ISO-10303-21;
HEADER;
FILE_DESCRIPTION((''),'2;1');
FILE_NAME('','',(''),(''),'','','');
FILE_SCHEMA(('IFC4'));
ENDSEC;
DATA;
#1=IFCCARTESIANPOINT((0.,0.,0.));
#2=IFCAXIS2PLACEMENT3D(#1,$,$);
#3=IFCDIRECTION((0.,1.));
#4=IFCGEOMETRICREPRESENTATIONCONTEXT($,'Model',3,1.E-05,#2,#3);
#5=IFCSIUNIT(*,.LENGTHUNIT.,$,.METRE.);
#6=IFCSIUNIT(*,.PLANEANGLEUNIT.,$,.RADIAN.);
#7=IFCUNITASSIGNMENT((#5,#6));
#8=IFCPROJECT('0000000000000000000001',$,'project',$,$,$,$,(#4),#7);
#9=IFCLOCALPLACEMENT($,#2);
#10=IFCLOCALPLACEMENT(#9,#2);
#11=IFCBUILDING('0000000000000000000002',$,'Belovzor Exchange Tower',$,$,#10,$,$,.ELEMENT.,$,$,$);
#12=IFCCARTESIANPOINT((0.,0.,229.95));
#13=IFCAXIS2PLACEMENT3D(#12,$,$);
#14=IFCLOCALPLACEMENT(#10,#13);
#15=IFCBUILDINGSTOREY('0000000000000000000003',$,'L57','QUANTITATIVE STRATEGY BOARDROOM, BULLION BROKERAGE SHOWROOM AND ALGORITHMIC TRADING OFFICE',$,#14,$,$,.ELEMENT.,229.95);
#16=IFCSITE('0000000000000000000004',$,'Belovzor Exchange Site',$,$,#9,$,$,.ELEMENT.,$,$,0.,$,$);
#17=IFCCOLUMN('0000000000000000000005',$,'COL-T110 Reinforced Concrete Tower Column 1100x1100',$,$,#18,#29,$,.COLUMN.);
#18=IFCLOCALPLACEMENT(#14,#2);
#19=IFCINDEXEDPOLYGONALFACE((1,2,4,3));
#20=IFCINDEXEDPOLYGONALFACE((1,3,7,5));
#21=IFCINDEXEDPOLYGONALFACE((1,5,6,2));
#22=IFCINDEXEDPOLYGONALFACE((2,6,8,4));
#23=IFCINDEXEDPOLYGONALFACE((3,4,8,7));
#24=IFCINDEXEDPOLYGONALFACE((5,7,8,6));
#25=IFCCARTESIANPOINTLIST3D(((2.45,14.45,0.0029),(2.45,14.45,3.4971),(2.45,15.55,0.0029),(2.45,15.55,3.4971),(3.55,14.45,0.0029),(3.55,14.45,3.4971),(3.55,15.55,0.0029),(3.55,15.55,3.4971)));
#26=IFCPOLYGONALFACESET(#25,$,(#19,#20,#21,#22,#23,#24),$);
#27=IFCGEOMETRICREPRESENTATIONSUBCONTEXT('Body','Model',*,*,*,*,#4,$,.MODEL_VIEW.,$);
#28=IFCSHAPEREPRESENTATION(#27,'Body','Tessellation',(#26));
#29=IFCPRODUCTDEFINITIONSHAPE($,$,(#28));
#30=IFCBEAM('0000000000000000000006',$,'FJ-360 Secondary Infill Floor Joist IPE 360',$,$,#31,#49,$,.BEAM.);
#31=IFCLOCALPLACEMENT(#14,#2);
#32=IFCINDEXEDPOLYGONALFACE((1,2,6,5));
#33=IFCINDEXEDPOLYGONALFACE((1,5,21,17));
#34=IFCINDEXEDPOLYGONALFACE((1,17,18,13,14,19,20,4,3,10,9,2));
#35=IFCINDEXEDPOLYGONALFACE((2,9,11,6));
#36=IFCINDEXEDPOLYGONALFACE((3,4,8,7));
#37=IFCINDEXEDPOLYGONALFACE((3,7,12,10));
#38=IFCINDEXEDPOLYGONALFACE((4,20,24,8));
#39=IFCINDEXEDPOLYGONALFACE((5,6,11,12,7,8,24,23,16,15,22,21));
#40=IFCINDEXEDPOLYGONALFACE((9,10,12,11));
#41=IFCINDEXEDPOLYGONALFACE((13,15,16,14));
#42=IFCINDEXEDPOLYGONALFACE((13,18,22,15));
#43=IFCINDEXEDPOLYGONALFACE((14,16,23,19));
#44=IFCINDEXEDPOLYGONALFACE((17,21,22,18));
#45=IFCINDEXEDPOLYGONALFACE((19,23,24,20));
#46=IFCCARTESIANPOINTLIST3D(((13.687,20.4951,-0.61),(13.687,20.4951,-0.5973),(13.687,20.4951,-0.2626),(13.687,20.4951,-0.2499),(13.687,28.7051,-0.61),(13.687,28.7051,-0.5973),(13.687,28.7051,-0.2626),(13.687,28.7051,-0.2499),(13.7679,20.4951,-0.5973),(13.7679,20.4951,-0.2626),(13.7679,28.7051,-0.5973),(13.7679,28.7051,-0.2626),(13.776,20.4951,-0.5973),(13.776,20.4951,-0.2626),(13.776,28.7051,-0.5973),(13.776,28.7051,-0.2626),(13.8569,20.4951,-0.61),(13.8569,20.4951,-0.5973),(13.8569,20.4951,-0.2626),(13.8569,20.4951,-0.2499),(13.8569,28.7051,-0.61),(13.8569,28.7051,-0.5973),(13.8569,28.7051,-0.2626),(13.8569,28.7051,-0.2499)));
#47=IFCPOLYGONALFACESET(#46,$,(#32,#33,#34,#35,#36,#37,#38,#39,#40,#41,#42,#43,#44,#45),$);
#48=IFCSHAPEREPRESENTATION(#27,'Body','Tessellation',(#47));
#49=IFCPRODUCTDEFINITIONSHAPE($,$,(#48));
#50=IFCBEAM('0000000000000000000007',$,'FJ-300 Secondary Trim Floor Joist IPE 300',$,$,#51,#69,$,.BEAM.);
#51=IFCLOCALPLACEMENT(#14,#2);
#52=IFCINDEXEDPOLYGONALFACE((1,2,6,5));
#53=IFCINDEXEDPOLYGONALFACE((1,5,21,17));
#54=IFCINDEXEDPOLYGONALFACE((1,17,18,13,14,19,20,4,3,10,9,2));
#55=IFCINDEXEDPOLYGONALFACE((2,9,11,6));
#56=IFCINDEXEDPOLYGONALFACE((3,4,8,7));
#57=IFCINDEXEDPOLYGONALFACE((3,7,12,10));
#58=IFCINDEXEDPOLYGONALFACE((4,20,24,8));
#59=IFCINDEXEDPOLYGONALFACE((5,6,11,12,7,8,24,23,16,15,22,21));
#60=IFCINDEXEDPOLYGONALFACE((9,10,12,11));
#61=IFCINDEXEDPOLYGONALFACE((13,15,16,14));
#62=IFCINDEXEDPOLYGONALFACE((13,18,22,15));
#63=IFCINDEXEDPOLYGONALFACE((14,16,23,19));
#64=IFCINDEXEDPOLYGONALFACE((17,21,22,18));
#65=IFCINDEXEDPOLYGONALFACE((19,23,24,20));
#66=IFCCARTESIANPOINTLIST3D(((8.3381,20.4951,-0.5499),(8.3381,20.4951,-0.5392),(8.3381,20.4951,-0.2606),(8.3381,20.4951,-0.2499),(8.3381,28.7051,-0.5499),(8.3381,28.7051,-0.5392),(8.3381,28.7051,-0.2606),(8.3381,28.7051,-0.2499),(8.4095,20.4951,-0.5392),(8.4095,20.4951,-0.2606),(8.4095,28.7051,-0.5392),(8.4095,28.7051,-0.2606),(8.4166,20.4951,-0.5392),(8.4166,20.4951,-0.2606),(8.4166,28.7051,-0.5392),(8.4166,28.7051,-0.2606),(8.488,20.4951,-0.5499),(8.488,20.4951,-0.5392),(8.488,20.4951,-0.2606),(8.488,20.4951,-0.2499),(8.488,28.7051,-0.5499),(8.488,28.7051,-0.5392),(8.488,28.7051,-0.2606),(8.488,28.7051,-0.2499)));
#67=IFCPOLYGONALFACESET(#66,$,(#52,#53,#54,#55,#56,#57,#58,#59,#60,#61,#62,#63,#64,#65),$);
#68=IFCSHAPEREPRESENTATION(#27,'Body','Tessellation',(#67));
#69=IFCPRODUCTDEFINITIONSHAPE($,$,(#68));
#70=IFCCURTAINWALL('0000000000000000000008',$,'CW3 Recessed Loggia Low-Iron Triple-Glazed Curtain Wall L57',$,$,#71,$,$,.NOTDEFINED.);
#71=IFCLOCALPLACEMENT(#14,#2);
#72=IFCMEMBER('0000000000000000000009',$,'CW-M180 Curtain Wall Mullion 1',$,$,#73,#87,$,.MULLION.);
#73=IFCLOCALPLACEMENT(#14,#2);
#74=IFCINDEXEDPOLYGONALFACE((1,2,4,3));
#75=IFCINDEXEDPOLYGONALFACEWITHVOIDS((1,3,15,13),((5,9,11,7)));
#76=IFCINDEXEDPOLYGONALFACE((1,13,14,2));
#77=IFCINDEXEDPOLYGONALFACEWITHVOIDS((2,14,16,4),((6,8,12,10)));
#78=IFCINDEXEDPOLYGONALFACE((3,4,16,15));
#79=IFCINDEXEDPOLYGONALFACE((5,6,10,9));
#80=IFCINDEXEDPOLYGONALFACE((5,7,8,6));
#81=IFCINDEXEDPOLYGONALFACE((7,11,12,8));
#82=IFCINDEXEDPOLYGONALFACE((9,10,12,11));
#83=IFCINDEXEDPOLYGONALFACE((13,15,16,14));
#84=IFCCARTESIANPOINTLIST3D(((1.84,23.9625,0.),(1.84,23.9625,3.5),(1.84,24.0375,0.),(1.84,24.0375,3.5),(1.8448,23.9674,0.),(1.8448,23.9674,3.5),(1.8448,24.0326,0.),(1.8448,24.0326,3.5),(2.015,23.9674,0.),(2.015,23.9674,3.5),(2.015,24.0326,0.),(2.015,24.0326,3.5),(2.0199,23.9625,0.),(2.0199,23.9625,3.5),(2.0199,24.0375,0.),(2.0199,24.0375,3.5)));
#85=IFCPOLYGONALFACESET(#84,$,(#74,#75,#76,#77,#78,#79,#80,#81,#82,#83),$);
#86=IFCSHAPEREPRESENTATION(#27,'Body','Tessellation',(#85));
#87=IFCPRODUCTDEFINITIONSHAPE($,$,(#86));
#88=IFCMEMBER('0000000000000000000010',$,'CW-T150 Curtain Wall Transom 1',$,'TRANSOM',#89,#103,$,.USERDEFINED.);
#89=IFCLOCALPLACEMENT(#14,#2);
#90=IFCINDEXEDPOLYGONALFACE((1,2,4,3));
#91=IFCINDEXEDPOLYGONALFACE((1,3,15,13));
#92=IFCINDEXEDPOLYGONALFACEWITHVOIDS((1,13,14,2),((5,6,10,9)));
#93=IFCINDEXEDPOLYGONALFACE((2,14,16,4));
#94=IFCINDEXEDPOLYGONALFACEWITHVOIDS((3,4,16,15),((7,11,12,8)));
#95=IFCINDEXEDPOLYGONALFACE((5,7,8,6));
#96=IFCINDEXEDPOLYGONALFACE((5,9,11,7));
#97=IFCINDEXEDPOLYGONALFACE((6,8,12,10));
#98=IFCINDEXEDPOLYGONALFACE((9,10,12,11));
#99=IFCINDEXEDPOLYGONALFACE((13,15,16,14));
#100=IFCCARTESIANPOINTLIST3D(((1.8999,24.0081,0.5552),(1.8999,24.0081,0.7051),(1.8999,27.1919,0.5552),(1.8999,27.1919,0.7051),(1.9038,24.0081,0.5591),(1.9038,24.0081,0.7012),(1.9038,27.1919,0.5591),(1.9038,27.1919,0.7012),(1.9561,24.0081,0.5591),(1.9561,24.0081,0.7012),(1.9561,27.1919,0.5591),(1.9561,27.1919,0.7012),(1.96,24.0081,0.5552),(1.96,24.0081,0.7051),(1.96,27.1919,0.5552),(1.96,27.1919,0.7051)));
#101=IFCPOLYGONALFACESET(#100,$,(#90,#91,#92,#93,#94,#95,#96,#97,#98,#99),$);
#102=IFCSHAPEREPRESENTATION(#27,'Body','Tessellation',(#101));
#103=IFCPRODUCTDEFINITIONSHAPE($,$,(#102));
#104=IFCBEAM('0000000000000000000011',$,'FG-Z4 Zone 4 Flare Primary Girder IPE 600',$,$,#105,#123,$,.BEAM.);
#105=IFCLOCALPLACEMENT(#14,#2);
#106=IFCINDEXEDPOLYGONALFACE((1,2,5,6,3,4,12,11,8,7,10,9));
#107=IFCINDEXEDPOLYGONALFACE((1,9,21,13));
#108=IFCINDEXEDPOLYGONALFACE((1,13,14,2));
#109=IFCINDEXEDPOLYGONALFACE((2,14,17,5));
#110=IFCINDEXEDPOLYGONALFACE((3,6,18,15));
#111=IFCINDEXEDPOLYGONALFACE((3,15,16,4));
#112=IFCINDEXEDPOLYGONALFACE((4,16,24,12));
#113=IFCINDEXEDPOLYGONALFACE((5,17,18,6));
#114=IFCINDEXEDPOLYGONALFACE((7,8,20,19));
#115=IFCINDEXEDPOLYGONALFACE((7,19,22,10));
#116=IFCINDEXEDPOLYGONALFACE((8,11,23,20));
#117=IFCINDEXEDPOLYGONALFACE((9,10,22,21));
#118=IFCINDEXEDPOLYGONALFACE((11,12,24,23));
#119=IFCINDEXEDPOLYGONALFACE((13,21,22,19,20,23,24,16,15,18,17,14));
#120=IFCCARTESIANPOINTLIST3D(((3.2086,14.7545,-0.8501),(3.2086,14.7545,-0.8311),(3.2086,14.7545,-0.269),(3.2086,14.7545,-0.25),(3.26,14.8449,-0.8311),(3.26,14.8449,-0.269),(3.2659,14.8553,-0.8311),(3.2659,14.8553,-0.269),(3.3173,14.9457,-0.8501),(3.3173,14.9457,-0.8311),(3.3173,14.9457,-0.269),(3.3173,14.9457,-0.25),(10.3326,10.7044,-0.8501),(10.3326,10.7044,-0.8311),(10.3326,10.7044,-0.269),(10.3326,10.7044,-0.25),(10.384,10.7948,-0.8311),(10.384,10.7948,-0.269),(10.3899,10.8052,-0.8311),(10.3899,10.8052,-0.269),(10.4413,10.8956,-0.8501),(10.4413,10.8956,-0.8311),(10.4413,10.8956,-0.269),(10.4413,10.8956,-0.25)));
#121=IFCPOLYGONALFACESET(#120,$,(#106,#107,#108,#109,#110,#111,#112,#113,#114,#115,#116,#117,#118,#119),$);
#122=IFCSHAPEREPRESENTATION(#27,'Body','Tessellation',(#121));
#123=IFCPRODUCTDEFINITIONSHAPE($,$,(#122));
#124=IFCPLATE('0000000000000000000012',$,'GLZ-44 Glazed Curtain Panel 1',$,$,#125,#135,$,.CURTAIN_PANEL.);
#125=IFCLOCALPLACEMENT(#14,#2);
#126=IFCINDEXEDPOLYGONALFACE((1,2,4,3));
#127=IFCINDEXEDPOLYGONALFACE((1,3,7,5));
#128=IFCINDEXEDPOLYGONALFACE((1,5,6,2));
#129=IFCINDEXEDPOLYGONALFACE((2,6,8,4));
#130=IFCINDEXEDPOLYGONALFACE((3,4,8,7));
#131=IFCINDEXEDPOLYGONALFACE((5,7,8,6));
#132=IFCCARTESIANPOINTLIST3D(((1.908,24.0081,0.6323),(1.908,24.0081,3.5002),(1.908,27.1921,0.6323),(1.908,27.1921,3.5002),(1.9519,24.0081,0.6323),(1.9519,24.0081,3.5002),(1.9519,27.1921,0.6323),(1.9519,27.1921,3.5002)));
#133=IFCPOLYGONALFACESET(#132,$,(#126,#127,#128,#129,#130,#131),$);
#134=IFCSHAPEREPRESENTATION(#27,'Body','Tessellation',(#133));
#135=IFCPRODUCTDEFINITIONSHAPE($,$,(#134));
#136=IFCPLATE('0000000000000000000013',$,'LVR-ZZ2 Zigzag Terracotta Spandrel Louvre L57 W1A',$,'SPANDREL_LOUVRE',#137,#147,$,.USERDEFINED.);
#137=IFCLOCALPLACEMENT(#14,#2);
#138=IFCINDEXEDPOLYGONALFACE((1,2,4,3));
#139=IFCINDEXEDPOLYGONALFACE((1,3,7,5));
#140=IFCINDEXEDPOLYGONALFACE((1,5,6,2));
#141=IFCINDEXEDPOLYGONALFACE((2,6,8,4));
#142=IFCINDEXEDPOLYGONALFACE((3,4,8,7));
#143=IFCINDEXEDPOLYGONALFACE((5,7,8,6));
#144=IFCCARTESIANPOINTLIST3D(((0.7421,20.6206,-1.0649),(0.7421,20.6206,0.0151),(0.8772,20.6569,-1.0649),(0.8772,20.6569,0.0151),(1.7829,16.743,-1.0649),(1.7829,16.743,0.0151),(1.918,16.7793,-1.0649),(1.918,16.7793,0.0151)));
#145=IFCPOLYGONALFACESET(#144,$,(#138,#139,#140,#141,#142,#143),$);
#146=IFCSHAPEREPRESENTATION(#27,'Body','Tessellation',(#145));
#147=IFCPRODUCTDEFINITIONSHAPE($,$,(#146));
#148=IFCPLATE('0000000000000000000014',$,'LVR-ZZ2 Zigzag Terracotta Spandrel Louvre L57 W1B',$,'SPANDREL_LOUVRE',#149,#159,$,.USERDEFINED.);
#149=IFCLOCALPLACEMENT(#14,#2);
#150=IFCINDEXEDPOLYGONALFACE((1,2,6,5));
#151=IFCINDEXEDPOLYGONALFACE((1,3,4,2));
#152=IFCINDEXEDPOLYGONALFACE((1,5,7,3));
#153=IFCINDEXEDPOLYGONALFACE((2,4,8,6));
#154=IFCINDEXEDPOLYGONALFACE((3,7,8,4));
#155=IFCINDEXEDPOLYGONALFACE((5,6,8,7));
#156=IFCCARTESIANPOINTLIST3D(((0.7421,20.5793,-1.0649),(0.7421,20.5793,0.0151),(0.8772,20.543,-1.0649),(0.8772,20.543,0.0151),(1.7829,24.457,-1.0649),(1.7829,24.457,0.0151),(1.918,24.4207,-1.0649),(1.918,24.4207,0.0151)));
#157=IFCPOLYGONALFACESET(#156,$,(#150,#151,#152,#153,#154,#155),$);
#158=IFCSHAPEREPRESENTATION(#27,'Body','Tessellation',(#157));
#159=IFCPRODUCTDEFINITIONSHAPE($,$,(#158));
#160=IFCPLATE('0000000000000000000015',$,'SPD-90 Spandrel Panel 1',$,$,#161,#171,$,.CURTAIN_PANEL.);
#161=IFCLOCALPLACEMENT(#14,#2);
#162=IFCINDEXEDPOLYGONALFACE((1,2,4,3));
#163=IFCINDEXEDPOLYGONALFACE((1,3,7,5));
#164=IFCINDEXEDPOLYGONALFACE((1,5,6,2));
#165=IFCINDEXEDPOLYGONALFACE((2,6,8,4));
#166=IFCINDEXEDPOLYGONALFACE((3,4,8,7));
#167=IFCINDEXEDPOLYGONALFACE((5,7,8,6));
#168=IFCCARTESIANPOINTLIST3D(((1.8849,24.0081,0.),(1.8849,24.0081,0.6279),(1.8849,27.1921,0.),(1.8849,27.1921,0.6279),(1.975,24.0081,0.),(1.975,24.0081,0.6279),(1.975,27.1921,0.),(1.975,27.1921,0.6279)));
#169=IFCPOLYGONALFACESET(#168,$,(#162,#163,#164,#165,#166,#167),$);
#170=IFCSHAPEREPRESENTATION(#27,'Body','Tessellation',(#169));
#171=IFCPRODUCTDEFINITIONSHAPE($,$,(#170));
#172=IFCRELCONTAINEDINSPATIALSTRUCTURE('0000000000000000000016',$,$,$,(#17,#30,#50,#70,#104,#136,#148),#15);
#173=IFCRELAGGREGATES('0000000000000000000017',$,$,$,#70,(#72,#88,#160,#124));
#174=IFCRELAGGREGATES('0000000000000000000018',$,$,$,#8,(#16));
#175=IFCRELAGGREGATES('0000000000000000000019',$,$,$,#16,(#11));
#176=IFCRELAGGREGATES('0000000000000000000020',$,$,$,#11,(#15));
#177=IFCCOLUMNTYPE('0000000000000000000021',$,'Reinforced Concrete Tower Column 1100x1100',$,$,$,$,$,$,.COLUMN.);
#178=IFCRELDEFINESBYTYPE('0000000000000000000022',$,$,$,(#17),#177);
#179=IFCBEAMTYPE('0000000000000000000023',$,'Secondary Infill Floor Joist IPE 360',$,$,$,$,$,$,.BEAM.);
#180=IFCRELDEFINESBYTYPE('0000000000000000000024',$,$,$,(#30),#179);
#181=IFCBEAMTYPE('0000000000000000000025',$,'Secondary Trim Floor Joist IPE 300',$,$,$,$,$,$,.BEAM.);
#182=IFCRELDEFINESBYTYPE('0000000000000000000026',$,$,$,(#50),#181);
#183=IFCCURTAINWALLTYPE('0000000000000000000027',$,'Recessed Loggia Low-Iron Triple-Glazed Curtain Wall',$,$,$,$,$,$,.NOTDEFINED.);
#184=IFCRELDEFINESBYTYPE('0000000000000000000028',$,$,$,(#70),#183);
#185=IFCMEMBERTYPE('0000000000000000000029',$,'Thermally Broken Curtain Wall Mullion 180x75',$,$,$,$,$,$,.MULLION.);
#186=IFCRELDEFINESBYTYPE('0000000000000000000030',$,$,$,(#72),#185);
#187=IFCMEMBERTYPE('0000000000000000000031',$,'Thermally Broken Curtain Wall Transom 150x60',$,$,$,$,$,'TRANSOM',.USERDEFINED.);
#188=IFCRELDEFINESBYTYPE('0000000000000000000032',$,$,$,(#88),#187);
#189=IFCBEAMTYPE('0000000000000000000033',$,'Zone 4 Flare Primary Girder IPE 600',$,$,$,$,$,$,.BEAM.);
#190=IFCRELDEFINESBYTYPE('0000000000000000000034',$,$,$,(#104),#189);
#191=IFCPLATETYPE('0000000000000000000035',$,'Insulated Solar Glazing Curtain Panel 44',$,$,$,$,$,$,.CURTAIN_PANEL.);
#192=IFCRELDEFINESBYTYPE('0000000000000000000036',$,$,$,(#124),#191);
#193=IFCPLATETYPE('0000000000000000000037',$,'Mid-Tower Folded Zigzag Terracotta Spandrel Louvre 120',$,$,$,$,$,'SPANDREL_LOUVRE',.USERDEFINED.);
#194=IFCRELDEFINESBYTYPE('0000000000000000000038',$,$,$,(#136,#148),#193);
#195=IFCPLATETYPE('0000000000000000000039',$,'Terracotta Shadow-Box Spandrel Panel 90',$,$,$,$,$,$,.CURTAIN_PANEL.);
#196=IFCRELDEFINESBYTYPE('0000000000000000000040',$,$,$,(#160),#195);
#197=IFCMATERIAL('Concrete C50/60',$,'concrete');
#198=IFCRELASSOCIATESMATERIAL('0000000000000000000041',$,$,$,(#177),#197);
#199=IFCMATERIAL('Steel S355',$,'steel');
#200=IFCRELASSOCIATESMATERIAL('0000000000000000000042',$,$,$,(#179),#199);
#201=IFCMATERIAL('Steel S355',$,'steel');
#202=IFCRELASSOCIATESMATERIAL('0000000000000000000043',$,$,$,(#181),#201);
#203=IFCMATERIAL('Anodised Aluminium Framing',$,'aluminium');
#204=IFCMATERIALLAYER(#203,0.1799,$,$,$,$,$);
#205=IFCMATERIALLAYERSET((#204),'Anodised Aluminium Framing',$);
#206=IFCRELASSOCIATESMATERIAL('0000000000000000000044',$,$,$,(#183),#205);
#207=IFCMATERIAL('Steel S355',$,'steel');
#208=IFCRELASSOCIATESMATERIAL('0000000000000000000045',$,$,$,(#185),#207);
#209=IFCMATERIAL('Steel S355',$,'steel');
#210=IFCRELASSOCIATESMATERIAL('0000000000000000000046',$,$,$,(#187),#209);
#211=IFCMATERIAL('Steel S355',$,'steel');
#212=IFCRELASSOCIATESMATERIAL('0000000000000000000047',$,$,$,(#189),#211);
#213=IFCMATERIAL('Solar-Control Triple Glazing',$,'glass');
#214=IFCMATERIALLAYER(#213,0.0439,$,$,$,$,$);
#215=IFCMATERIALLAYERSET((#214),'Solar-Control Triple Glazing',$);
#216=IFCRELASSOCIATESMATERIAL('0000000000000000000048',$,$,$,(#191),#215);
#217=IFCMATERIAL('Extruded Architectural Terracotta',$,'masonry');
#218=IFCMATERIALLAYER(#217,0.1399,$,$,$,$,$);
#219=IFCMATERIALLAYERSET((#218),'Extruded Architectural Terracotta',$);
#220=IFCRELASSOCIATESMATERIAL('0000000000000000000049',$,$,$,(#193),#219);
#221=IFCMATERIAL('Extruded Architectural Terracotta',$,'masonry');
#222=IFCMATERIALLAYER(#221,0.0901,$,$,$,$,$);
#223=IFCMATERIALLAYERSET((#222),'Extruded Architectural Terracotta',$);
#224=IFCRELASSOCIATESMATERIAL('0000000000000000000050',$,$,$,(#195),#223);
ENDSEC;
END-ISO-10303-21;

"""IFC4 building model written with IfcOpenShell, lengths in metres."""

from ifc_helpers import new_model, si_unit, direction, frame, origin, origin_2d, place, context, subcontext, project, spatial, rectangle, hollow_rectangle, i_section, extrude, material, layer, layer_set, material_profile, profile_set, type_object, element, aggregate, save


model = new_model("IFC4")

# Units and contexts
model_context = context("Model", 3, precision=1e-05, world=origin(), true_north=direction((0.0, 1.0)))
body_context = subcontext(model_context, "Body", "Model", "MODEL_VIEW")
ifc_project = project(units=[si_unit("LENGTHUNIT", "METRE"), si_unit("PLANEANGLEUNIT", "RADIAN")], contexts=[model_context])

# Site, building, storey
site_placement = place(None, origin())
site = spatial("IfcSite", under=ifc_project, at=site_placement, Name="Belovzor Exchange Site", CompositionType="ELEMENT", RefElevation=0.0)
building_placement = place(site_placement, origin())
building = spatial("IfcBuilding", under=site, at=building_placement, Name="Belovzor Exchange Tower", CompositionType="ELEMENT")
storey_placement = place(building_placement, frame((0.0, 0.0, 229.95)))
storey = spatial("IfcBuildingStorey", under=building, at=storey_placement, Name="L57", Description="QUANTITATIVE STRATEGY BOARDROOM, BULLION BROKERAGE SHOWROOM AND ALGORITHMIC TRADING OFFICE", CompositionType="ELEMENT", Elevation=229.95)

# Column
ifc_material_1 = material(Name="Concrete C50/60", Category="concrete")
ifc_material_profile_1 = material_profile(ifc_material_1, rectangle(XDim=1.1001, YDim=1.1001, at=origin_2d()))
ifc_profile_set_1 = profile_set([ifc_material_profile_1], Name="Concrete C50/60")
column_type = type_object("IfcColumnType", Name="Reinforced Concrete Tower Column 1100x1100", PredefinedType="COLUMN", material=ifc_profile_set_1)
column_placement = place(storey_placement, frame((3.0, 15.0, 0.0029), z_axis=(0.0, 0.0, 1.0), x_axis=(1.0, 0.0, 0.0)))
element("IfcColumn", 1, at=column_placement, inside=storey, type_object=column_type, Name="COL-T110 Reinforced Concrete Tower Column 1100x1100", PredefinedType="COLUMN", context=body_context, shape_type="SweptSolid", body=[
    extrude(rectangle(XDim=1.1001, YDim=1.1001, at=origin_2d()), origin(), (0.0, 0.0, 1.0), 3.4941),
])

# Beams
ifc_material_2 = material(Name="Steel S355", Category="steel")
ifc_material_profile_2 = material_profile(ifc_material_2, i_section(OverallWidth=0.1699, OverallDepth=0.3601, WebThickness=0.0081, FlangeThickness=0.0127, at=origin_2d()))
ifc_profile_set_2 = profile_set([ifc_material_profile_2], Name="Steel S355")
beam_type_1 = type_object("IfcBeamType", Name="Secondary Infill Floor Joist IPE 360", PredefinedType="BEAM", material=ifc_profile_set_2)
beam_1_placement = place(storey_placement, frame((13.772, 20.4951, -0.4299), z_axis=(0.0, 1.0, 0.0), x_axis=(-1.0, 0.0, 0.0)))
element("IfcBeam", 2, at=beam_1_placement, inside=storey, type_object=beam_type_1, Name="FJ-360 Secondary Infill Floor Joist IPE 360", PredefinedType="BEAM", context=body_context, shape_type="SweptSolid", body=[
    extrude(i_section(OverallWidth=0.1699, OverallDepth=0.3601, WebThickness=0.0081, FlangeThickness=0.0127, at=origin_2d()), origin(), (0.0, 0.0, 1.0), 8.21),
])
ifc_material_3 = material(Name="Steel S355", Category="steel")
ifc_material_profile_3 = material_profile(ifc_material_3, i_section(OverallWidth=0.1499, OverallDepth=0.3, WebThickness=0.0071, FlangeThickness=0.0107, at=origin_2d()))
ifc_profile_set_3 = profile_set([ifc_material_profile_3], Name="Steel S355")
beam_type_2 = type_object("IfcBeamType", Name="Secondary Trim Floor Joist IPE 300", PredefinedType="BEAM", material=ifc_profile_set_3)
beam_2_placement = place(storey_placement, frame((8.4131, 20.4951, -0.3999), z_axis=(0.0, 1.0, 0.0), x_axis=(-1.0, 0.0, 0.0)))
element("IfcBeam", 3, at=beam_2_placement, inside=storey, type_object=beam_type_2, Name="FJ-300 Secondary Trim Floor Joist IPE 300", PredefinedType="BEAM", context=body_context, shape_type="SweptSolid", body=[
    extrude(i_section(OverallWidth=0.1499, OverallDepth=0.3, WebThickness=0.0071, FlangeThickness=0.0107, at=origin_2d()), origin(), (0.0, 0.0, 1.0), 8.21),
])

# Curtain wall, members
ifc_material_4 = material(Name="Anodised Aluminium Framing", Category="aluminium")
ifc_layer_1 = layer(ifc_material_4, 0.1799)
ifc_layer_set_1 = layer_set([ifc_layer_1], Name="Anodised Aluminium Framing")
curtain_wall_type = type_object("IfcCurtainWallType", Name="Recessed Loggia Low-Iron Triple-Glazed Curtain Wall", PredefinedType="NOTDEFINED", material=ifc_layer_set_1)
curtain_wall_placement = place(storey_placement, origin())
curtain_wall = element("IfcCurtainWall", 4, at=curtain_wall_placement, inside=storey, type_object=curtain_wall_type, Name="CW3 Recessed Loggia Low-Iron Triple-Glazed Curtain Wall L57", PredefinedType="NOTDEFINED")
ifc_material_5 = material(Name="Steel S355", Category="steel")
ifc_material_profile_4 = material_profile(ifc_material_5, hollow_rectangle(XDim=0.075, YDim=0.1799, WallThickness=0.0049, at=origin_2d()))
ifc_profile_set_4 = profile_set([ifc_material_profile_4], Name="Steel S355")
member_type_1 = type_object("IfcMemberType", Name="Thermally Broken Curtain Wall Mullion 180x75", PredefinedType="MULLION", material=ifc_profile_set_4)
member_1_placement = place(storey_placement, frame((1.9299, 24.0, 0.0), z_axis=(0.0, 0.0, 1.0), x_axis=(0.0, 1.0, 0.0)))
member_1 = element("IfcMember", 5, at=member_1_placement, type_object=member_type_1, Name="CW-M180 Curtain Wall Mullion 1", PredefinedType="MULLION", context=body_context, shape_type="SweptSolid", body=[
    extrude(hollow_rectangle(XDim=0.075, YDim=0.1799, WallThickness=0.0049, at=origin_2d()), origin(), (0.0, 0.0, 1.0), 3.5),
])
ifc_material_6 = material(Name="Steel S355", Category="steel")
ifc_material_profile_5 = material_profile(ifc_material_6, hollow_rectangle(XDim=0.0601, YDim=0.1499, WallThickness=0.0039, at=origin_2d()))
ifc_profile_set_5 = profile_set([ifc_material_profile_5], Name="Steel S355")
member_type_2 = type_object("IfcMemberType", Name="Thermally Broken Curtain Wall Transom 150x60", ElementType="TRANSOM", PredefinedType="USERDEFINED", material=ifc_profile_set_5)
member_2_placement = place(storey_placement, frame((1.9299, 24.0081, 0.6301), z_axis=(0.0, 1.0, 0.0), x_axis=(-1.0, 0.0, 0.0)))
member_2 = element("IfcMember", 6, at=member_2_placement, type_object=member_type_2, Name="CW-T150 Curtain Wall Transom 1", ObjectType="TRANSOM", PredefinedType="USERDEFINED", context=body_context, shape_type="SweptSolid", body=[
    extrude(hollow_rectangle(XDim=0.0601, YDim=0.1499, WallThickness=0.0039, at=origin_2d()), origin(), (0.0, 0.0, 1.0), 3.1838),
])

# Beam
ifc_material_7 = material(Name="Steel S355", Category="steel")
ifc_material_profile_6 = material_profile(ifc_material_7, i_section(OverallWidth=0.22, OverallDepth=0.6001, WebThickness=0.012, FlangeThickness=0.019, at=origin_2d()))
ifc_profile_set_6 = profile_set([ifc_material_profile_6], Name="Steel S355")
beam_type_3 = type_object("IfcBeamType", Name="Zone 4 Flare Primary Girder IPE 600", PredefinedType="BEAM", material=ifc_profile_set_6)
beam_3_placement = place(storey_placement, frame((3.2629, 14.8501, -0.55), z_axis=(0.869336, -0.494222, 0.0), x_axis=(0.494222, 0.869336, 0.0)))
element("IfcBeam", 7, at=beam_3_placement, inside=storey, type_object=beam_type_3, Name="FG-Z4 Zone 4 Flare Primary Girder IPE 600", PredefinedType="BEAM", context=body_context, shape_type="SweptSolid", body=[
    extrude(i_section(OverallWidth=0.22, OverallDepth=0.6001, WebThickness=0.012, FlangeThickness=0.019, at=origin_2d()), origin(), (0.0, 0.0, 1.0), 8.1948),
])

# Plate
ifc_material_8 = material(Name="Solar-Control Triple Glazing", Category="glass")
ifc_layer_2 = layer(ifc_material_8, 0.0439)
ifc_layer_set_2 = layer_set([ifc_layer_2], Name="Solar-Control Triple Glazing")
plate_type_1 = type_object("IfcPlateType", Name="Insulated Solar Glazing Curtain Panel 44", PredefinedType="CURTAIN_PANEL", material=ifc_layer_set_2)
plate_1_placement = place(storey_placement, frame((1.9299, 25.6001, 0.6323), z_axis=(0.0, 0.0, 1.0), x_axis=(0.0, 1.0, 0.0)))
plate_1 = element("IfcPlate", 8, at=plate_1_placement, type_object=plate_type_1, Name="GLZ-44 Glazed Curtain Panel 1", PredefinedType="CURTAIN_PANEL", context=body_context, shape_type="SweptSolid", body=[
    extrude(rectangle(XDim=3.1841, YDim=0.0439, at=origin_2d()), origin(), (0.0, 0.0, 1.0), 2.8679),
])

# Plates
ifc_material_9 = material(Name="Extruded Architectural Terracotta", Category="masonry")
ifc_layer_3 = layer(ifc_material_9, 0.1399)
ifc_layer_set_3 = layer_set([ifc_layer_3], Name="Extruded Architectural Terracotta")
plate_type_2 = type_object("IfcPlateType", Name="Mid-Tower Folded Zigzag Terracotta Spandrel Louvre 120", ElementType="SPANDREL_LOUVRE", PredefinedType="USERDEFINED", material=ifc_layer_set_3)
for number, where, z_axis, x_axis, name in (
    (9, (1.3301, 18.7, -1.0649), (0.0, 0.0, 1.0), (-0.25924, 0.965813, 0.0), "LVR-ZZ2 Zigzag Terracotta Spandrel Louvre L57 W1A"),
    (10, (1.3301, 22.5, -1.0649), (0.0, 0.0, 1.0), (0.25924, 0.965813, 0.0), "LVR-ZZ2 Zigzag Terracotta Spandrel Louvre L57 W1B"),
):
    element("IfcPlate", number, at=place(storey_placement, frame(where, z_axis=z_axis, x_axis=x_axis)), inside=storey, type_object=plate_type_2, Name=name, ObjectType="SPANDREL_LOUVRE", PredefinedType="USERDEFINED", context=body_context, shape_type="SweptSolid", body=[
        extrude(rectangle(XDim=4.0149, YDim=0.1399, at=origin_2d()), origin(), (0.0, 0.0, 1.0), 1.0801),
    ])

# Plate
ifc_material_10 = material(Name="Extruded Architectural Terracotta", Category="masonry")
ifc_layer_4 = layer(ifc_material_10, 0.0901)
ifc_layer_set_4 = layer_set([ifc_layer_4], Name="Extruded Architectural Terracotta")
plate_type_3 = type_object("IfcPlateType", Name="Terracotta Shadow-Box Spandrel Panel 90", PredefinedType="CURTAIN_PANEL", material=ifc_layer_set_4)
plate_2_placement = place(storey_placement, frame((1.9299, 25.6001, 0.0), z_axis=(0.0, 0.0, 1.0), x_axis=(0.0, 1.0, 0.0)))
plate_2 = element("IfcPlate", 11, at=plate_2_placement, type_object=plate_type_3, Name="SPD-90 Spandrel Panel 1", PredefinedType="CURTAIN_PANEL", context=body_context, shape_type="SweptSolid", body=[
    extrude(rectangle(XDim=3.1841, YDim=0.0901, at=origin_2d()), origin(), (0.0, 0.0, 1.0), 0.6279),
])
aggregate(curtain_wall, [member_1, member_2, plate_2, plate_1])

save(model, "model.ifc")
